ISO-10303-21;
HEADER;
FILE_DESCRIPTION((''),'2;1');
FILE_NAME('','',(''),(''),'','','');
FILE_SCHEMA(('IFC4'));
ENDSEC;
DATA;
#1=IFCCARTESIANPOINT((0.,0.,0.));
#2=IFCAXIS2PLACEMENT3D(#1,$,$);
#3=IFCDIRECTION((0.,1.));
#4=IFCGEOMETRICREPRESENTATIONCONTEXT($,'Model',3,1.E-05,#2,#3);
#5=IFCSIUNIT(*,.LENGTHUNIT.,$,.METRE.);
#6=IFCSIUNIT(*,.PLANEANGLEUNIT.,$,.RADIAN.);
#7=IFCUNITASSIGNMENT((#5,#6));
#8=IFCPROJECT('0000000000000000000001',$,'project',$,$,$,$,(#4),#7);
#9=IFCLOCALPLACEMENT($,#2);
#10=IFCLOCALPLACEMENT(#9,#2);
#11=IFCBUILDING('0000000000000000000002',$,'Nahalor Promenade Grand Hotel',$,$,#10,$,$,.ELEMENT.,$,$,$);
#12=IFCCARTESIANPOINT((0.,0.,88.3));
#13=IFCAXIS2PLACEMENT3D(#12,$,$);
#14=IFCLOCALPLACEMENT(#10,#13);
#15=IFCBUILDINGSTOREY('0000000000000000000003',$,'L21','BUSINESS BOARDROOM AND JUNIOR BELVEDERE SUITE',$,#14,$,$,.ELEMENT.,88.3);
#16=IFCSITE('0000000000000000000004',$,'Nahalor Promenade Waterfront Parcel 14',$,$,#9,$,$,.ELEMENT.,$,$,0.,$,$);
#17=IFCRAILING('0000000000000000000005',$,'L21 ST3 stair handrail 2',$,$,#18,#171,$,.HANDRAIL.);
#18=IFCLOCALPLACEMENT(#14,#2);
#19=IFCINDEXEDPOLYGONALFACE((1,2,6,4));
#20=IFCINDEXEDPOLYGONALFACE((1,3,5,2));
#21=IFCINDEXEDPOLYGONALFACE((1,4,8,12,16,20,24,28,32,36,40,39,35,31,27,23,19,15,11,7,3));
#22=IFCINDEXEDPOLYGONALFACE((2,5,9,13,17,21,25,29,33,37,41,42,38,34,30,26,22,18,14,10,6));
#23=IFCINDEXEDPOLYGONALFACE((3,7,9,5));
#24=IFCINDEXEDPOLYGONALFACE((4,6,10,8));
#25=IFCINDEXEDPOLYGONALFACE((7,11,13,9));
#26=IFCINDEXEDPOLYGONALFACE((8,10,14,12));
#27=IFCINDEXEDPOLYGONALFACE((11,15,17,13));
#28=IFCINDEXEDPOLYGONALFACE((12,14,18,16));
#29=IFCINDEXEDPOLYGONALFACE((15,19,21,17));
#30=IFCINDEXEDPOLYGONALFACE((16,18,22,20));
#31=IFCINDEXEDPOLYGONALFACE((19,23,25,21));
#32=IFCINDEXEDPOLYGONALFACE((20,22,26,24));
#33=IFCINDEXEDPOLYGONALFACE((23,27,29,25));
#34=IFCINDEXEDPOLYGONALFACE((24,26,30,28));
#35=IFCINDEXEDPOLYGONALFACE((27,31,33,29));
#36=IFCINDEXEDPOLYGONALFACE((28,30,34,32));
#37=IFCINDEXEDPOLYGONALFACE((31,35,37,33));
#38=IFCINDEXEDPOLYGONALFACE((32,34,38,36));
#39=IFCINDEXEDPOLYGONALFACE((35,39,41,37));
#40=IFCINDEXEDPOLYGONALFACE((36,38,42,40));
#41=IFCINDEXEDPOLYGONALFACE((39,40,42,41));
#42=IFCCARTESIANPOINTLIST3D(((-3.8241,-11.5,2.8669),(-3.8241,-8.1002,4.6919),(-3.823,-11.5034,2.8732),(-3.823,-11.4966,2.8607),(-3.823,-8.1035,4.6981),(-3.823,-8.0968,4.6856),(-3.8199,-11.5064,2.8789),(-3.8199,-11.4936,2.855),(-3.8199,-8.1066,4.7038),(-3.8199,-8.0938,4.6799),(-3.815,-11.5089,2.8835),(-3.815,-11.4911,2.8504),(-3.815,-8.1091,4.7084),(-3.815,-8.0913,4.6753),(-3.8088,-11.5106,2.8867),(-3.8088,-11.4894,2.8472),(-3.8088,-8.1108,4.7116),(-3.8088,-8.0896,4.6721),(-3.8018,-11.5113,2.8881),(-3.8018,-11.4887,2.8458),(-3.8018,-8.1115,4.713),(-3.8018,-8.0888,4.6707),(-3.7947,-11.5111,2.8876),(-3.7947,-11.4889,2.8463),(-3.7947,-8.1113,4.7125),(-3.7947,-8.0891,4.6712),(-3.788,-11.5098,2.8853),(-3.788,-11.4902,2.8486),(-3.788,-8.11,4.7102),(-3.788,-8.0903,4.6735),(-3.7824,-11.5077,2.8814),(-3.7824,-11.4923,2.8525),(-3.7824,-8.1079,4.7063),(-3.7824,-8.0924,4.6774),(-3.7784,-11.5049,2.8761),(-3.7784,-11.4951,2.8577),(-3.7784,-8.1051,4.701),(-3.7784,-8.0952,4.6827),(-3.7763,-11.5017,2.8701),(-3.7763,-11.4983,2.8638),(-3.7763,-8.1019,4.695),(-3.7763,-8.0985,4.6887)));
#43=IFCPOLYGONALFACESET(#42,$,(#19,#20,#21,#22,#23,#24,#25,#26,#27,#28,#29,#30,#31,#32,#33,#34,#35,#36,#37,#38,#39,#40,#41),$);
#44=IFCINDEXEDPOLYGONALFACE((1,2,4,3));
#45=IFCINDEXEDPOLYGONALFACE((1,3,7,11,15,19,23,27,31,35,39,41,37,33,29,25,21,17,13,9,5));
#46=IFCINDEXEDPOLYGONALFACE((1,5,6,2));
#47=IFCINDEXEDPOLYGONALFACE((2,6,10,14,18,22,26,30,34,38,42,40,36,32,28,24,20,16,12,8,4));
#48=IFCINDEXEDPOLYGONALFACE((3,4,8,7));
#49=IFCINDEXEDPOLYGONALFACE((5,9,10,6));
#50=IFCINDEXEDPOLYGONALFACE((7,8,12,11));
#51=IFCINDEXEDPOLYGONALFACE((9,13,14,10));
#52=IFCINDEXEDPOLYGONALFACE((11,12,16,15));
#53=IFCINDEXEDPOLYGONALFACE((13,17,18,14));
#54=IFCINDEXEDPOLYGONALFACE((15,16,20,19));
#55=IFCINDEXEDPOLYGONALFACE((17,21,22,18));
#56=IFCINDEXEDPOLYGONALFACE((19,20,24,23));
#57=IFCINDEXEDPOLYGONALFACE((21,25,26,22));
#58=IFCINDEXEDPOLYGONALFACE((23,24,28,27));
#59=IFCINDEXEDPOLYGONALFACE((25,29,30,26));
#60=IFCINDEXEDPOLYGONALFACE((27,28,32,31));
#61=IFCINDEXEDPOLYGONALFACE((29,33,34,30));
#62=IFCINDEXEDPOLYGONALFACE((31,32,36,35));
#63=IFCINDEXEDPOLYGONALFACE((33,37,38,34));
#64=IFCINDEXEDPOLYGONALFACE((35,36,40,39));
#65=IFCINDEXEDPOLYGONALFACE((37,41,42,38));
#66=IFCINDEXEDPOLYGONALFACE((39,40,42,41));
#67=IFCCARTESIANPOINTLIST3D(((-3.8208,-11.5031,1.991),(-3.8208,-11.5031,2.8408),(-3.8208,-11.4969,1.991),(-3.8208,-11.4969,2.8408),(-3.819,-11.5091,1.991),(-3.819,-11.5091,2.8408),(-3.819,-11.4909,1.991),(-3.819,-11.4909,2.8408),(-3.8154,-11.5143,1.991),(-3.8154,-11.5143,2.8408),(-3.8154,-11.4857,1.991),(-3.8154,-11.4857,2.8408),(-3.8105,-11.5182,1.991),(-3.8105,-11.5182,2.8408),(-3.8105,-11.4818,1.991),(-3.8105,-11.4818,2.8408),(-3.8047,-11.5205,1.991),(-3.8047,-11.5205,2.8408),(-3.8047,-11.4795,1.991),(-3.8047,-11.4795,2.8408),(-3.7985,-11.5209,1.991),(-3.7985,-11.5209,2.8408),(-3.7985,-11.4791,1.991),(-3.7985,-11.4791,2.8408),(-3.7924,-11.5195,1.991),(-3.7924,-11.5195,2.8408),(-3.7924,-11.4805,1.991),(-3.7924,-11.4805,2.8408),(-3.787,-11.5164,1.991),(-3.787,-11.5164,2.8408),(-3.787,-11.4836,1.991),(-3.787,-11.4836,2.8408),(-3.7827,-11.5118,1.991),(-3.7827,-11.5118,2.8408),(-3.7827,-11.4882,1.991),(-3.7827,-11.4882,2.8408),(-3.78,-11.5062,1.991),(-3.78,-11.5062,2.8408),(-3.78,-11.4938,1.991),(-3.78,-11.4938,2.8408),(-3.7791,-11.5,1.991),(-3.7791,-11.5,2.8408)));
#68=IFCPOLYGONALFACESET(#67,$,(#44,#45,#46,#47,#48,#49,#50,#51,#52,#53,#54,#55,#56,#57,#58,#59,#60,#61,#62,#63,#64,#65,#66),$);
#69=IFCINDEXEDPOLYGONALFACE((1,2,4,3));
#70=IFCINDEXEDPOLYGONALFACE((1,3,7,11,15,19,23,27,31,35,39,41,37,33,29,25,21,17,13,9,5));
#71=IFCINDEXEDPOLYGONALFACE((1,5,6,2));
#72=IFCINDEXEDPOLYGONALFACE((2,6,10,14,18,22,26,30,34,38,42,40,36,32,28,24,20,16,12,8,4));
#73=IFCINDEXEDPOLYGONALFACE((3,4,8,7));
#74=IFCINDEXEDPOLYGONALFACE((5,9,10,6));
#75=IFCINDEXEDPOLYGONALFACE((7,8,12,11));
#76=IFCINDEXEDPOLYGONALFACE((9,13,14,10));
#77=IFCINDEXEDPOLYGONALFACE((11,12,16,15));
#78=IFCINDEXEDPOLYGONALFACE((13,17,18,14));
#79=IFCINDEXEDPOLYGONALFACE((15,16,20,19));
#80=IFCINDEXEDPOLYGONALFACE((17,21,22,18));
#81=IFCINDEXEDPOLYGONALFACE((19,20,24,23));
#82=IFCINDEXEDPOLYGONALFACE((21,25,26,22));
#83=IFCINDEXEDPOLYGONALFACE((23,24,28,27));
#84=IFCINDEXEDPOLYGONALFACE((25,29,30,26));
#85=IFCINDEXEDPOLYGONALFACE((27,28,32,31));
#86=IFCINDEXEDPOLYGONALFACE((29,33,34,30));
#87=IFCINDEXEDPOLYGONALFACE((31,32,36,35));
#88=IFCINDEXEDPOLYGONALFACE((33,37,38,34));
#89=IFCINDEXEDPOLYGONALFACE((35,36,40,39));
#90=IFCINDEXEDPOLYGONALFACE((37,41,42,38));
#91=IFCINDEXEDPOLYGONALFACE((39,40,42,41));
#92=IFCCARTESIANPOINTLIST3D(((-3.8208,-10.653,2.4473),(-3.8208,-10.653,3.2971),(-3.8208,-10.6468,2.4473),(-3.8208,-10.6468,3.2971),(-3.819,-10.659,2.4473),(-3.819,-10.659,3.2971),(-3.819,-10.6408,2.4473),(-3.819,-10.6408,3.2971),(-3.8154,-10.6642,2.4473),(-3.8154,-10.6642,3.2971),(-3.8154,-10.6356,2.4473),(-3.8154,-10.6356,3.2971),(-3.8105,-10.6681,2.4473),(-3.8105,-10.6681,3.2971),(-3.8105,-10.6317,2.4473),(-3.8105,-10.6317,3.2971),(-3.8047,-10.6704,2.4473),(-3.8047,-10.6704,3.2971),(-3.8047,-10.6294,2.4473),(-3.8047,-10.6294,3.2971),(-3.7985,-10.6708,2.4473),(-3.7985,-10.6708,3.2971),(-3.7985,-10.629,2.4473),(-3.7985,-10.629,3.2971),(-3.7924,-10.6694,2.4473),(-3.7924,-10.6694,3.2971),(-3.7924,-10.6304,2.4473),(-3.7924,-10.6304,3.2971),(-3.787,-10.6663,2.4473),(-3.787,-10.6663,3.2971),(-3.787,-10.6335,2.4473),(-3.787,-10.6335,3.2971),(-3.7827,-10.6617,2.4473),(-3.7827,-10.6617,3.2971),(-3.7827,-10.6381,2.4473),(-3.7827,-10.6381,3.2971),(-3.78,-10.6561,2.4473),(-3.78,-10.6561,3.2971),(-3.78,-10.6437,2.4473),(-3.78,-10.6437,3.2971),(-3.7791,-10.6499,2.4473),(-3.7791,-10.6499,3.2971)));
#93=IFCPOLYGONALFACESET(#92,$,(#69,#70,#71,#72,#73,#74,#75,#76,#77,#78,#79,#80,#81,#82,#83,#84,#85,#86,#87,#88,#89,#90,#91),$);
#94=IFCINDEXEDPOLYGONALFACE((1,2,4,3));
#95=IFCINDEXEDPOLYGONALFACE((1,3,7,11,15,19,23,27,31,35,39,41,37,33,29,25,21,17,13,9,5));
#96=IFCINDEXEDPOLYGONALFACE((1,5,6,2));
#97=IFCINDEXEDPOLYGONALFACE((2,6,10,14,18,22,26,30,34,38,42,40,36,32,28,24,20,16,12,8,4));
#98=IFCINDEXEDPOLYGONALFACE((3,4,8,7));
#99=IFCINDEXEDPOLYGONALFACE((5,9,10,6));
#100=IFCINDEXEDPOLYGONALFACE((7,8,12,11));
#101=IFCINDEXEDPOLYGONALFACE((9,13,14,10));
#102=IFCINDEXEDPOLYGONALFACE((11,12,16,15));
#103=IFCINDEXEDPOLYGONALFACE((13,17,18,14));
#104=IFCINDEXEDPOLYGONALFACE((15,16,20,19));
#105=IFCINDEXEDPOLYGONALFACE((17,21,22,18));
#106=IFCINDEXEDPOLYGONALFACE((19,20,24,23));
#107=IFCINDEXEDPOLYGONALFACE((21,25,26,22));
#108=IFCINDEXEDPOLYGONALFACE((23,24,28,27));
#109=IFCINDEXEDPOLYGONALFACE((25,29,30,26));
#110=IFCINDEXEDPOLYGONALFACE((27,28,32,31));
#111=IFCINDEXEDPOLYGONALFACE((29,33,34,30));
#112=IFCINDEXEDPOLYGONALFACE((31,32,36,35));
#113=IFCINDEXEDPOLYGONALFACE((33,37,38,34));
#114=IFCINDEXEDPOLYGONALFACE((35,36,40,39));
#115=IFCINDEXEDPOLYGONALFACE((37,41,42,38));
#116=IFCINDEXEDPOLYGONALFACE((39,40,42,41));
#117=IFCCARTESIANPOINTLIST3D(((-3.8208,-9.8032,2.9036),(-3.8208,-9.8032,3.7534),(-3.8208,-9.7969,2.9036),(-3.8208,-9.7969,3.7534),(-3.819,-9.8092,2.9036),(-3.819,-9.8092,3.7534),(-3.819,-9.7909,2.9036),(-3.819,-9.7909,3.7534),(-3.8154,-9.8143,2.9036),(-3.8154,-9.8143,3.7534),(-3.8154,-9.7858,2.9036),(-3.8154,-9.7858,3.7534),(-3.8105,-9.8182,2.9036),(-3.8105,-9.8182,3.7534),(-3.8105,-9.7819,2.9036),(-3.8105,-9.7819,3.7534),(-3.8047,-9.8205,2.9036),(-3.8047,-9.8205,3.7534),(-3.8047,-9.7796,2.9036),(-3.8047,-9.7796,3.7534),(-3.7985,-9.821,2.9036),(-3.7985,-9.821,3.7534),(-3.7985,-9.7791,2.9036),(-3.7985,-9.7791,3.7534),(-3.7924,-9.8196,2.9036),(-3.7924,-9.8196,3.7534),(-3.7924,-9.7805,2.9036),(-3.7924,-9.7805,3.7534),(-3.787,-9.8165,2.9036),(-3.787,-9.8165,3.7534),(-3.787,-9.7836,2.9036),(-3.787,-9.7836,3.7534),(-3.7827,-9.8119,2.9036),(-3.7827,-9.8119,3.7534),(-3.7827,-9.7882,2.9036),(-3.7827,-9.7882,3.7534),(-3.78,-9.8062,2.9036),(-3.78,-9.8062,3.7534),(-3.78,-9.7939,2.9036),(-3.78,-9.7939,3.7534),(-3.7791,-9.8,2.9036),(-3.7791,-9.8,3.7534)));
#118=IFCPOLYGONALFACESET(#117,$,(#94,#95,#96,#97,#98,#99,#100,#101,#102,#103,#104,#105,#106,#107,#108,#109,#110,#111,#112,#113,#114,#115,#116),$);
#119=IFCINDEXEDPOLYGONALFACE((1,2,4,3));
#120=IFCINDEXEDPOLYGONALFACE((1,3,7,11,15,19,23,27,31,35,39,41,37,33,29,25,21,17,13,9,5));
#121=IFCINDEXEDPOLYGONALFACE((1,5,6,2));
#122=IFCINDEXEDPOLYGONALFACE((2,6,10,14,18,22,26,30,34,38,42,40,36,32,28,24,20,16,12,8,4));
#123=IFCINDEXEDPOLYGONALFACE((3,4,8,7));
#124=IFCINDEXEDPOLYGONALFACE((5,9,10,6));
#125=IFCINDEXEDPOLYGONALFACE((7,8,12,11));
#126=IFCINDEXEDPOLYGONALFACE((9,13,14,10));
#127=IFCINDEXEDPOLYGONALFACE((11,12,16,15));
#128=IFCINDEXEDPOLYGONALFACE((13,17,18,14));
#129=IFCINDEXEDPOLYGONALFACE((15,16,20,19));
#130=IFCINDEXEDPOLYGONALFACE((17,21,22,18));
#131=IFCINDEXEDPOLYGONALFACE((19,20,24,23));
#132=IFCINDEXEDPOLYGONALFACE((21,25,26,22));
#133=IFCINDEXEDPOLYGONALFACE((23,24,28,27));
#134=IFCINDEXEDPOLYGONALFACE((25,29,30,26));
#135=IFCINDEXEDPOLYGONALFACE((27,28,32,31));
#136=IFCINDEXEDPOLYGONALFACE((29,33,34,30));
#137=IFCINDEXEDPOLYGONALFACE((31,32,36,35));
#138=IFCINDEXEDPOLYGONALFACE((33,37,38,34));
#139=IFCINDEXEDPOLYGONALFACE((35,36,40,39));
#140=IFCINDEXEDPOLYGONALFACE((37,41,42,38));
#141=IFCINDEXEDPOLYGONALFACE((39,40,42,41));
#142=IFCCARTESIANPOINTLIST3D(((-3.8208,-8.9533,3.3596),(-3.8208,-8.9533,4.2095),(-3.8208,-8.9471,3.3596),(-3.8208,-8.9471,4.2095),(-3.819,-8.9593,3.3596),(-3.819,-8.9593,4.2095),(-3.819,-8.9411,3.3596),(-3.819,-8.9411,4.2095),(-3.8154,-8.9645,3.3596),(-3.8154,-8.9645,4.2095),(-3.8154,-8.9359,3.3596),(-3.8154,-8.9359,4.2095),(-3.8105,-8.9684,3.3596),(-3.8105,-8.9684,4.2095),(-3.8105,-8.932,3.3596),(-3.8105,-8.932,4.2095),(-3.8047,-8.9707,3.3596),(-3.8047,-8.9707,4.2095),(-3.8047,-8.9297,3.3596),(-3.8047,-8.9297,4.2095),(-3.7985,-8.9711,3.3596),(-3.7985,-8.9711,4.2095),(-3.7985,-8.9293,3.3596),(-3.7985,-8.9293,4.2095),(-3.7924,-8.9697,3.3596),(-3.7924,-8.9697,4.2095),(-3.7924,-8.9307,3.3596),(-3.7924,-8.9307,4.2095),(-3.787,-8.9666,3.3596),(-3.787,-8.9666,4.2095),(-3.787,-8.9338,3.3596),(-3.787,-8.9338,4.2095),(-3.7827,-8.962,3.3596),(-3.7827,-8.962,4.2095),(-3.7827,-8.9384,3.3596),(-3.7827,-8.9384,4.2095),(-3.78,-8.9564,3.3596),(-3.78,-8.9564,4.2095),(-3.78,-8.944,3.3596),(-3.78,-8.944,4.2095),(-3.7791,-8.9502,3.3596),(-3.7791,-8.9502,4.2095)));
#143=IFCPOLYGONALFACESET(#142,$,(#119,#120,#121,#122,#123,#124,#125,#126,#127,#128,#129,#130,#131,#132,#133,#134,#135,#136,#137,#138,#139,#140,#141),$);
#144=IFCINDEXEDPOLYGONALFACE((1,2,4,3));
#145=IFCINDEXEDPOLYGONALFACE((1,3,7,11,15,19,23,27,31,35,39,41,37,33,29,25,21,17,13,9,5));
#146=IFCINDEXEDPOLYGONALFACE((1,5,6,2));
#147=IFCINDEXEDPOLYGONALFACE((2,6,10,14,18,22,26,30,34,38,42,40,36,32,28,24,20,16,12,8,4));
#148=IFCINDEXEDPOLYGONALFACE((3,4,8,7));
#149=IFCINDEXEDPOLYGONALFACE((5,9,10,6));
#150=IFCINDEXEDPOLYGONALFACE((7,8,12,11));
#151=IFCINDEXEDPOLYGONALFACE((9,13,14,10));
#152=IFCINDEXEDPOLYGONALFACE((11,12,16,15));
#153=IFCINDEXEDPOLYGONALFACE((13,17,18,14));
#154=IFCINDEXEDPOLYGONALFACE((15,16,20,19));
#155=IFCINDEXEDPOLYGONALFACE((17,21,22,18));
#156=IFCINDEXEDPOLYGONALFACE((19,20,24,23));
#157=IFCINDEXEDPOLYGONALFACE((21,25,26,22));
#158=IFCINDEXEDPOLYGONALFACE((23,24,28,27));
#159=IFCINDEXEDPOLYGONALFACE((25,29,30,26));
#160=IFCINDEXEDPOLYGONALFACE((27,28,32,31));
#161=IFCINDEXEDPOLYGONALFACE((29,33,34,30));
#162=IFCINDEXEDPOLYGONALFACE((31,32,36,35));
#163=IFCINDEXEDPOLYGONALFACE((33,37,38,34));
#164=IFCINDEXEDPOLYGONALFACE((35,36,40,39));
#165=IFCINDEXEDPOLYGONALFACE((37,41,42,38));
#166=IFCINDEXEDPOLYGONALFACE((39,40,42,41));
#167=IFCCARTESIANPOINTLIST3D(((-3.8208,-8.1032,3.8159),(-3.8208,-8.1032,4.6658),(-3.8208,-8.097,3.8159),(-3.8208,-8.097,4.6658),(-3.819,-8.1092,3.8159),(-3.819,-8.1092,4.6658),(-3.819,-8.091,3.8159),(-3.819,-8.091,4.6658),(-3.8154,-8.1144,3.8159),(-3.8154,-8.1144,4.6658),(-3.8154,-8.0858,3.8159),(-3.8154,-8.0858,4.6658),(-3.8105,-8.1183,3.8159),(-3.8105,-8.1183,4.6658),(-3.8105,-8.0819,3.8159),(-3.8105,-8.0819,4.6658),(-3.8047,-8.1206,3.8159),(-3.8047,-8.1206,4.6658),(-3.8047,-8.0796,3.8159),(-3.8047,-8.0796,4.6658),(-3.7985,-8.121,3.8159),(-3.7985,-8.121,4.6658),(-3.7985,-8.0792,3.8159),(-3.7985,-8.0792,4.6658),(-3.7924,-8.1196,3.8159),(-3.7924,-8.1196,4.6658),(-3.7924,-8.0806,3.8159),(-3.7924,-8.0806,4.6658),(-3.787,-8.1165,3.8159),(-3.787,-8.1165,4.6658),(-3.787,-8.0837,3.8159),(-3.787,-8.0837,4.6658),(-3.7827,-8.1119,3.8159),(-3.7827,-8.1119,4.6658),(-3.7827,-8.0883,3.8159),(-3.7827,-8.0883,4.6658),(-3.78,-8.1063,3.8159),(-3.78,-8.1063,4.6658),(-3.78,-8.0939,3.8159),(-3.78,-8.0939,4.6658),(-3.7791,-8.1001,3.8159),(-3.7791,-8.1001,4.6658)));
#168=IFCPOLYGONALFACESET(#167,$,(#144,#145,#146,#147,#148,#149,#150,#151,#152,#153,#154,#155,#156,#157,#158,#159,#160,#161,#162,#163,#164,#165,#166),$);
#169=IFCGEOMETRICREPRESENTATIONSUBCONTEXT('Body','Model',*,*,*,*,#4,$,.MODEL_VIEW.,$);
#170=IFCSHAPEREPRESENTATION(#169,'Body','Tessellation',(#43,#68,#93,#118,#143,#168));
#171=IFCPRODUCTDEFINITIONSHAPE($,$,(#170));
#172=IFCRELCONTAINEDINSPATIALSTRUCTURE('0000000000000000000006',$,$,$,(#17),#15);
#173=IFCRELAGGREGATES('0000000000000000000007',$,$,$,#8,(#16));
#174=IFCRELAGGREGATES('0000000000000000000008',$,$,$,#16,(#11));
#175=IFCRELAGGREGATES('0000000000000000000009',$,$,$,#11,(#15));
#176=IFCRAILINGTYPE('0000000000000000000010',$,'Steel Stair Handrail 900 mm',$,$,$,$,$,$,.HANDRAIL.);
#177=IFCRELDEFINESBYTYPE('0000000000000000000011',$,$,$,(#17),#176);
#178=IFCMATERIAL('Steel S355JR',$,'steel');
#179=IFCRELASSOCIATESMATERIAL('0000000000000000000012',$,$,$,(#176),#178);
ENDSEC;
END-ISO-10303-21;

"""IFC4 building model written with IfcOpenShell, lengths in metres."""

from ifc_helpers import new_model, si_unit, direction, frame, origin, origin_2d, place, context, subcontext, project, spatial, circle, extrude, material, type_object, element, save


model = new_model("IFC4")

# Units and contexts
model_context = context("Model", 3, precision=1e-05, world=origin(), true_north=direction((0.0, 1.0)))
body_context = subcontext(model_context, "Body", "Model", "MODEL_VIEW")
ifc_project = project(units=[si_unit("LENGTHUNIT", "METRE"), si_unit("PLANEANGLEUNIT", "RADIAN")], contexts=[model_context])

# Site, building, storey
site_placement = place(None, origin())
site = spatial("IfcSite", under=ifc_project, at=site_placement, Name="Nahalor Promenade Waterfront Parcel 14", CompositionType="ELEMENT", RefElevation=0.0)
building_placement = place(site_placement, origin())
building = spatial("IfcBuilding", under=site, at=building_placement, Name="Nahalor Promenade Grand Hotel", CompositionType="ELEMENT")
storey_placement = place(building_placement, frame((0.0, 0.0, 88.3)))
storey = spatial("IfcBuildingStorey", under=building, at=storey_placement, Name="L21", Description="BUSINESS BOARDROOM AND JUNIOR BELVEDERE SUITE", CompositionType="ELEMENT", Elevation=88.3)

# Shared definitions
ifc_material_1 = material(Name="Steel S355JR", Category="steel")

# Railing
railing_type_1 = type_object("IfcRailingType", Name="Steel Stair Handrail 900 mm", PredefinedType="HANDRAIL", material=ifc_material_1)
railing_1_placement = place(storey_placement, frame((-3.8, -11.5, 1.991)))
element("IfcRailing", 1, at=railing_1_placement, inside=storey, type_object=railing_type_1, Name="L21 ST3 stair handrail 2", PredefinedType="HANDRAIL", context=body_context, shape_type="SweptSolid", body=[
    extrude(circle(Radius=0.024, at=origin_2d()), frame((0.0, 0.0, 0.876), z_axis=(0.0, 0.881094, 0.472941), x_axis=(-1.0, 0.0, 0.0)), (0.0, 0.0, 1.0), 3.8586),
    extrude(circle(Radius=0.021, at=origin_2d()), origin(), (0.0, 0.0, 1.0), 0.8499),
    extrude(circle(Radius=0.021, at=origin_2d()), frame((0.0, 0.8501, 0.4563)), (0.0, 0.0, 1.0), 0.8499),
    extrude(circle(Radius=0.021, at=origin_2d()), frame((0.0, 1.7, 0.9126)), (0.0, 0.0, 1.0), 0.8499),
    extrude(circle(Radius=0.021, at=origin_2d()), frame((0.0, 2.5498, 1.3687)), (0.0, 0.0, 1.0), 0.8499),
    extrude(circle(Radius=0.021, at=origin_2d()), frame((0.0, 3.3999, 1.825)), (0.0, 0.0, 1.0), 0.8499),
])

save(model, "model.ifc")
